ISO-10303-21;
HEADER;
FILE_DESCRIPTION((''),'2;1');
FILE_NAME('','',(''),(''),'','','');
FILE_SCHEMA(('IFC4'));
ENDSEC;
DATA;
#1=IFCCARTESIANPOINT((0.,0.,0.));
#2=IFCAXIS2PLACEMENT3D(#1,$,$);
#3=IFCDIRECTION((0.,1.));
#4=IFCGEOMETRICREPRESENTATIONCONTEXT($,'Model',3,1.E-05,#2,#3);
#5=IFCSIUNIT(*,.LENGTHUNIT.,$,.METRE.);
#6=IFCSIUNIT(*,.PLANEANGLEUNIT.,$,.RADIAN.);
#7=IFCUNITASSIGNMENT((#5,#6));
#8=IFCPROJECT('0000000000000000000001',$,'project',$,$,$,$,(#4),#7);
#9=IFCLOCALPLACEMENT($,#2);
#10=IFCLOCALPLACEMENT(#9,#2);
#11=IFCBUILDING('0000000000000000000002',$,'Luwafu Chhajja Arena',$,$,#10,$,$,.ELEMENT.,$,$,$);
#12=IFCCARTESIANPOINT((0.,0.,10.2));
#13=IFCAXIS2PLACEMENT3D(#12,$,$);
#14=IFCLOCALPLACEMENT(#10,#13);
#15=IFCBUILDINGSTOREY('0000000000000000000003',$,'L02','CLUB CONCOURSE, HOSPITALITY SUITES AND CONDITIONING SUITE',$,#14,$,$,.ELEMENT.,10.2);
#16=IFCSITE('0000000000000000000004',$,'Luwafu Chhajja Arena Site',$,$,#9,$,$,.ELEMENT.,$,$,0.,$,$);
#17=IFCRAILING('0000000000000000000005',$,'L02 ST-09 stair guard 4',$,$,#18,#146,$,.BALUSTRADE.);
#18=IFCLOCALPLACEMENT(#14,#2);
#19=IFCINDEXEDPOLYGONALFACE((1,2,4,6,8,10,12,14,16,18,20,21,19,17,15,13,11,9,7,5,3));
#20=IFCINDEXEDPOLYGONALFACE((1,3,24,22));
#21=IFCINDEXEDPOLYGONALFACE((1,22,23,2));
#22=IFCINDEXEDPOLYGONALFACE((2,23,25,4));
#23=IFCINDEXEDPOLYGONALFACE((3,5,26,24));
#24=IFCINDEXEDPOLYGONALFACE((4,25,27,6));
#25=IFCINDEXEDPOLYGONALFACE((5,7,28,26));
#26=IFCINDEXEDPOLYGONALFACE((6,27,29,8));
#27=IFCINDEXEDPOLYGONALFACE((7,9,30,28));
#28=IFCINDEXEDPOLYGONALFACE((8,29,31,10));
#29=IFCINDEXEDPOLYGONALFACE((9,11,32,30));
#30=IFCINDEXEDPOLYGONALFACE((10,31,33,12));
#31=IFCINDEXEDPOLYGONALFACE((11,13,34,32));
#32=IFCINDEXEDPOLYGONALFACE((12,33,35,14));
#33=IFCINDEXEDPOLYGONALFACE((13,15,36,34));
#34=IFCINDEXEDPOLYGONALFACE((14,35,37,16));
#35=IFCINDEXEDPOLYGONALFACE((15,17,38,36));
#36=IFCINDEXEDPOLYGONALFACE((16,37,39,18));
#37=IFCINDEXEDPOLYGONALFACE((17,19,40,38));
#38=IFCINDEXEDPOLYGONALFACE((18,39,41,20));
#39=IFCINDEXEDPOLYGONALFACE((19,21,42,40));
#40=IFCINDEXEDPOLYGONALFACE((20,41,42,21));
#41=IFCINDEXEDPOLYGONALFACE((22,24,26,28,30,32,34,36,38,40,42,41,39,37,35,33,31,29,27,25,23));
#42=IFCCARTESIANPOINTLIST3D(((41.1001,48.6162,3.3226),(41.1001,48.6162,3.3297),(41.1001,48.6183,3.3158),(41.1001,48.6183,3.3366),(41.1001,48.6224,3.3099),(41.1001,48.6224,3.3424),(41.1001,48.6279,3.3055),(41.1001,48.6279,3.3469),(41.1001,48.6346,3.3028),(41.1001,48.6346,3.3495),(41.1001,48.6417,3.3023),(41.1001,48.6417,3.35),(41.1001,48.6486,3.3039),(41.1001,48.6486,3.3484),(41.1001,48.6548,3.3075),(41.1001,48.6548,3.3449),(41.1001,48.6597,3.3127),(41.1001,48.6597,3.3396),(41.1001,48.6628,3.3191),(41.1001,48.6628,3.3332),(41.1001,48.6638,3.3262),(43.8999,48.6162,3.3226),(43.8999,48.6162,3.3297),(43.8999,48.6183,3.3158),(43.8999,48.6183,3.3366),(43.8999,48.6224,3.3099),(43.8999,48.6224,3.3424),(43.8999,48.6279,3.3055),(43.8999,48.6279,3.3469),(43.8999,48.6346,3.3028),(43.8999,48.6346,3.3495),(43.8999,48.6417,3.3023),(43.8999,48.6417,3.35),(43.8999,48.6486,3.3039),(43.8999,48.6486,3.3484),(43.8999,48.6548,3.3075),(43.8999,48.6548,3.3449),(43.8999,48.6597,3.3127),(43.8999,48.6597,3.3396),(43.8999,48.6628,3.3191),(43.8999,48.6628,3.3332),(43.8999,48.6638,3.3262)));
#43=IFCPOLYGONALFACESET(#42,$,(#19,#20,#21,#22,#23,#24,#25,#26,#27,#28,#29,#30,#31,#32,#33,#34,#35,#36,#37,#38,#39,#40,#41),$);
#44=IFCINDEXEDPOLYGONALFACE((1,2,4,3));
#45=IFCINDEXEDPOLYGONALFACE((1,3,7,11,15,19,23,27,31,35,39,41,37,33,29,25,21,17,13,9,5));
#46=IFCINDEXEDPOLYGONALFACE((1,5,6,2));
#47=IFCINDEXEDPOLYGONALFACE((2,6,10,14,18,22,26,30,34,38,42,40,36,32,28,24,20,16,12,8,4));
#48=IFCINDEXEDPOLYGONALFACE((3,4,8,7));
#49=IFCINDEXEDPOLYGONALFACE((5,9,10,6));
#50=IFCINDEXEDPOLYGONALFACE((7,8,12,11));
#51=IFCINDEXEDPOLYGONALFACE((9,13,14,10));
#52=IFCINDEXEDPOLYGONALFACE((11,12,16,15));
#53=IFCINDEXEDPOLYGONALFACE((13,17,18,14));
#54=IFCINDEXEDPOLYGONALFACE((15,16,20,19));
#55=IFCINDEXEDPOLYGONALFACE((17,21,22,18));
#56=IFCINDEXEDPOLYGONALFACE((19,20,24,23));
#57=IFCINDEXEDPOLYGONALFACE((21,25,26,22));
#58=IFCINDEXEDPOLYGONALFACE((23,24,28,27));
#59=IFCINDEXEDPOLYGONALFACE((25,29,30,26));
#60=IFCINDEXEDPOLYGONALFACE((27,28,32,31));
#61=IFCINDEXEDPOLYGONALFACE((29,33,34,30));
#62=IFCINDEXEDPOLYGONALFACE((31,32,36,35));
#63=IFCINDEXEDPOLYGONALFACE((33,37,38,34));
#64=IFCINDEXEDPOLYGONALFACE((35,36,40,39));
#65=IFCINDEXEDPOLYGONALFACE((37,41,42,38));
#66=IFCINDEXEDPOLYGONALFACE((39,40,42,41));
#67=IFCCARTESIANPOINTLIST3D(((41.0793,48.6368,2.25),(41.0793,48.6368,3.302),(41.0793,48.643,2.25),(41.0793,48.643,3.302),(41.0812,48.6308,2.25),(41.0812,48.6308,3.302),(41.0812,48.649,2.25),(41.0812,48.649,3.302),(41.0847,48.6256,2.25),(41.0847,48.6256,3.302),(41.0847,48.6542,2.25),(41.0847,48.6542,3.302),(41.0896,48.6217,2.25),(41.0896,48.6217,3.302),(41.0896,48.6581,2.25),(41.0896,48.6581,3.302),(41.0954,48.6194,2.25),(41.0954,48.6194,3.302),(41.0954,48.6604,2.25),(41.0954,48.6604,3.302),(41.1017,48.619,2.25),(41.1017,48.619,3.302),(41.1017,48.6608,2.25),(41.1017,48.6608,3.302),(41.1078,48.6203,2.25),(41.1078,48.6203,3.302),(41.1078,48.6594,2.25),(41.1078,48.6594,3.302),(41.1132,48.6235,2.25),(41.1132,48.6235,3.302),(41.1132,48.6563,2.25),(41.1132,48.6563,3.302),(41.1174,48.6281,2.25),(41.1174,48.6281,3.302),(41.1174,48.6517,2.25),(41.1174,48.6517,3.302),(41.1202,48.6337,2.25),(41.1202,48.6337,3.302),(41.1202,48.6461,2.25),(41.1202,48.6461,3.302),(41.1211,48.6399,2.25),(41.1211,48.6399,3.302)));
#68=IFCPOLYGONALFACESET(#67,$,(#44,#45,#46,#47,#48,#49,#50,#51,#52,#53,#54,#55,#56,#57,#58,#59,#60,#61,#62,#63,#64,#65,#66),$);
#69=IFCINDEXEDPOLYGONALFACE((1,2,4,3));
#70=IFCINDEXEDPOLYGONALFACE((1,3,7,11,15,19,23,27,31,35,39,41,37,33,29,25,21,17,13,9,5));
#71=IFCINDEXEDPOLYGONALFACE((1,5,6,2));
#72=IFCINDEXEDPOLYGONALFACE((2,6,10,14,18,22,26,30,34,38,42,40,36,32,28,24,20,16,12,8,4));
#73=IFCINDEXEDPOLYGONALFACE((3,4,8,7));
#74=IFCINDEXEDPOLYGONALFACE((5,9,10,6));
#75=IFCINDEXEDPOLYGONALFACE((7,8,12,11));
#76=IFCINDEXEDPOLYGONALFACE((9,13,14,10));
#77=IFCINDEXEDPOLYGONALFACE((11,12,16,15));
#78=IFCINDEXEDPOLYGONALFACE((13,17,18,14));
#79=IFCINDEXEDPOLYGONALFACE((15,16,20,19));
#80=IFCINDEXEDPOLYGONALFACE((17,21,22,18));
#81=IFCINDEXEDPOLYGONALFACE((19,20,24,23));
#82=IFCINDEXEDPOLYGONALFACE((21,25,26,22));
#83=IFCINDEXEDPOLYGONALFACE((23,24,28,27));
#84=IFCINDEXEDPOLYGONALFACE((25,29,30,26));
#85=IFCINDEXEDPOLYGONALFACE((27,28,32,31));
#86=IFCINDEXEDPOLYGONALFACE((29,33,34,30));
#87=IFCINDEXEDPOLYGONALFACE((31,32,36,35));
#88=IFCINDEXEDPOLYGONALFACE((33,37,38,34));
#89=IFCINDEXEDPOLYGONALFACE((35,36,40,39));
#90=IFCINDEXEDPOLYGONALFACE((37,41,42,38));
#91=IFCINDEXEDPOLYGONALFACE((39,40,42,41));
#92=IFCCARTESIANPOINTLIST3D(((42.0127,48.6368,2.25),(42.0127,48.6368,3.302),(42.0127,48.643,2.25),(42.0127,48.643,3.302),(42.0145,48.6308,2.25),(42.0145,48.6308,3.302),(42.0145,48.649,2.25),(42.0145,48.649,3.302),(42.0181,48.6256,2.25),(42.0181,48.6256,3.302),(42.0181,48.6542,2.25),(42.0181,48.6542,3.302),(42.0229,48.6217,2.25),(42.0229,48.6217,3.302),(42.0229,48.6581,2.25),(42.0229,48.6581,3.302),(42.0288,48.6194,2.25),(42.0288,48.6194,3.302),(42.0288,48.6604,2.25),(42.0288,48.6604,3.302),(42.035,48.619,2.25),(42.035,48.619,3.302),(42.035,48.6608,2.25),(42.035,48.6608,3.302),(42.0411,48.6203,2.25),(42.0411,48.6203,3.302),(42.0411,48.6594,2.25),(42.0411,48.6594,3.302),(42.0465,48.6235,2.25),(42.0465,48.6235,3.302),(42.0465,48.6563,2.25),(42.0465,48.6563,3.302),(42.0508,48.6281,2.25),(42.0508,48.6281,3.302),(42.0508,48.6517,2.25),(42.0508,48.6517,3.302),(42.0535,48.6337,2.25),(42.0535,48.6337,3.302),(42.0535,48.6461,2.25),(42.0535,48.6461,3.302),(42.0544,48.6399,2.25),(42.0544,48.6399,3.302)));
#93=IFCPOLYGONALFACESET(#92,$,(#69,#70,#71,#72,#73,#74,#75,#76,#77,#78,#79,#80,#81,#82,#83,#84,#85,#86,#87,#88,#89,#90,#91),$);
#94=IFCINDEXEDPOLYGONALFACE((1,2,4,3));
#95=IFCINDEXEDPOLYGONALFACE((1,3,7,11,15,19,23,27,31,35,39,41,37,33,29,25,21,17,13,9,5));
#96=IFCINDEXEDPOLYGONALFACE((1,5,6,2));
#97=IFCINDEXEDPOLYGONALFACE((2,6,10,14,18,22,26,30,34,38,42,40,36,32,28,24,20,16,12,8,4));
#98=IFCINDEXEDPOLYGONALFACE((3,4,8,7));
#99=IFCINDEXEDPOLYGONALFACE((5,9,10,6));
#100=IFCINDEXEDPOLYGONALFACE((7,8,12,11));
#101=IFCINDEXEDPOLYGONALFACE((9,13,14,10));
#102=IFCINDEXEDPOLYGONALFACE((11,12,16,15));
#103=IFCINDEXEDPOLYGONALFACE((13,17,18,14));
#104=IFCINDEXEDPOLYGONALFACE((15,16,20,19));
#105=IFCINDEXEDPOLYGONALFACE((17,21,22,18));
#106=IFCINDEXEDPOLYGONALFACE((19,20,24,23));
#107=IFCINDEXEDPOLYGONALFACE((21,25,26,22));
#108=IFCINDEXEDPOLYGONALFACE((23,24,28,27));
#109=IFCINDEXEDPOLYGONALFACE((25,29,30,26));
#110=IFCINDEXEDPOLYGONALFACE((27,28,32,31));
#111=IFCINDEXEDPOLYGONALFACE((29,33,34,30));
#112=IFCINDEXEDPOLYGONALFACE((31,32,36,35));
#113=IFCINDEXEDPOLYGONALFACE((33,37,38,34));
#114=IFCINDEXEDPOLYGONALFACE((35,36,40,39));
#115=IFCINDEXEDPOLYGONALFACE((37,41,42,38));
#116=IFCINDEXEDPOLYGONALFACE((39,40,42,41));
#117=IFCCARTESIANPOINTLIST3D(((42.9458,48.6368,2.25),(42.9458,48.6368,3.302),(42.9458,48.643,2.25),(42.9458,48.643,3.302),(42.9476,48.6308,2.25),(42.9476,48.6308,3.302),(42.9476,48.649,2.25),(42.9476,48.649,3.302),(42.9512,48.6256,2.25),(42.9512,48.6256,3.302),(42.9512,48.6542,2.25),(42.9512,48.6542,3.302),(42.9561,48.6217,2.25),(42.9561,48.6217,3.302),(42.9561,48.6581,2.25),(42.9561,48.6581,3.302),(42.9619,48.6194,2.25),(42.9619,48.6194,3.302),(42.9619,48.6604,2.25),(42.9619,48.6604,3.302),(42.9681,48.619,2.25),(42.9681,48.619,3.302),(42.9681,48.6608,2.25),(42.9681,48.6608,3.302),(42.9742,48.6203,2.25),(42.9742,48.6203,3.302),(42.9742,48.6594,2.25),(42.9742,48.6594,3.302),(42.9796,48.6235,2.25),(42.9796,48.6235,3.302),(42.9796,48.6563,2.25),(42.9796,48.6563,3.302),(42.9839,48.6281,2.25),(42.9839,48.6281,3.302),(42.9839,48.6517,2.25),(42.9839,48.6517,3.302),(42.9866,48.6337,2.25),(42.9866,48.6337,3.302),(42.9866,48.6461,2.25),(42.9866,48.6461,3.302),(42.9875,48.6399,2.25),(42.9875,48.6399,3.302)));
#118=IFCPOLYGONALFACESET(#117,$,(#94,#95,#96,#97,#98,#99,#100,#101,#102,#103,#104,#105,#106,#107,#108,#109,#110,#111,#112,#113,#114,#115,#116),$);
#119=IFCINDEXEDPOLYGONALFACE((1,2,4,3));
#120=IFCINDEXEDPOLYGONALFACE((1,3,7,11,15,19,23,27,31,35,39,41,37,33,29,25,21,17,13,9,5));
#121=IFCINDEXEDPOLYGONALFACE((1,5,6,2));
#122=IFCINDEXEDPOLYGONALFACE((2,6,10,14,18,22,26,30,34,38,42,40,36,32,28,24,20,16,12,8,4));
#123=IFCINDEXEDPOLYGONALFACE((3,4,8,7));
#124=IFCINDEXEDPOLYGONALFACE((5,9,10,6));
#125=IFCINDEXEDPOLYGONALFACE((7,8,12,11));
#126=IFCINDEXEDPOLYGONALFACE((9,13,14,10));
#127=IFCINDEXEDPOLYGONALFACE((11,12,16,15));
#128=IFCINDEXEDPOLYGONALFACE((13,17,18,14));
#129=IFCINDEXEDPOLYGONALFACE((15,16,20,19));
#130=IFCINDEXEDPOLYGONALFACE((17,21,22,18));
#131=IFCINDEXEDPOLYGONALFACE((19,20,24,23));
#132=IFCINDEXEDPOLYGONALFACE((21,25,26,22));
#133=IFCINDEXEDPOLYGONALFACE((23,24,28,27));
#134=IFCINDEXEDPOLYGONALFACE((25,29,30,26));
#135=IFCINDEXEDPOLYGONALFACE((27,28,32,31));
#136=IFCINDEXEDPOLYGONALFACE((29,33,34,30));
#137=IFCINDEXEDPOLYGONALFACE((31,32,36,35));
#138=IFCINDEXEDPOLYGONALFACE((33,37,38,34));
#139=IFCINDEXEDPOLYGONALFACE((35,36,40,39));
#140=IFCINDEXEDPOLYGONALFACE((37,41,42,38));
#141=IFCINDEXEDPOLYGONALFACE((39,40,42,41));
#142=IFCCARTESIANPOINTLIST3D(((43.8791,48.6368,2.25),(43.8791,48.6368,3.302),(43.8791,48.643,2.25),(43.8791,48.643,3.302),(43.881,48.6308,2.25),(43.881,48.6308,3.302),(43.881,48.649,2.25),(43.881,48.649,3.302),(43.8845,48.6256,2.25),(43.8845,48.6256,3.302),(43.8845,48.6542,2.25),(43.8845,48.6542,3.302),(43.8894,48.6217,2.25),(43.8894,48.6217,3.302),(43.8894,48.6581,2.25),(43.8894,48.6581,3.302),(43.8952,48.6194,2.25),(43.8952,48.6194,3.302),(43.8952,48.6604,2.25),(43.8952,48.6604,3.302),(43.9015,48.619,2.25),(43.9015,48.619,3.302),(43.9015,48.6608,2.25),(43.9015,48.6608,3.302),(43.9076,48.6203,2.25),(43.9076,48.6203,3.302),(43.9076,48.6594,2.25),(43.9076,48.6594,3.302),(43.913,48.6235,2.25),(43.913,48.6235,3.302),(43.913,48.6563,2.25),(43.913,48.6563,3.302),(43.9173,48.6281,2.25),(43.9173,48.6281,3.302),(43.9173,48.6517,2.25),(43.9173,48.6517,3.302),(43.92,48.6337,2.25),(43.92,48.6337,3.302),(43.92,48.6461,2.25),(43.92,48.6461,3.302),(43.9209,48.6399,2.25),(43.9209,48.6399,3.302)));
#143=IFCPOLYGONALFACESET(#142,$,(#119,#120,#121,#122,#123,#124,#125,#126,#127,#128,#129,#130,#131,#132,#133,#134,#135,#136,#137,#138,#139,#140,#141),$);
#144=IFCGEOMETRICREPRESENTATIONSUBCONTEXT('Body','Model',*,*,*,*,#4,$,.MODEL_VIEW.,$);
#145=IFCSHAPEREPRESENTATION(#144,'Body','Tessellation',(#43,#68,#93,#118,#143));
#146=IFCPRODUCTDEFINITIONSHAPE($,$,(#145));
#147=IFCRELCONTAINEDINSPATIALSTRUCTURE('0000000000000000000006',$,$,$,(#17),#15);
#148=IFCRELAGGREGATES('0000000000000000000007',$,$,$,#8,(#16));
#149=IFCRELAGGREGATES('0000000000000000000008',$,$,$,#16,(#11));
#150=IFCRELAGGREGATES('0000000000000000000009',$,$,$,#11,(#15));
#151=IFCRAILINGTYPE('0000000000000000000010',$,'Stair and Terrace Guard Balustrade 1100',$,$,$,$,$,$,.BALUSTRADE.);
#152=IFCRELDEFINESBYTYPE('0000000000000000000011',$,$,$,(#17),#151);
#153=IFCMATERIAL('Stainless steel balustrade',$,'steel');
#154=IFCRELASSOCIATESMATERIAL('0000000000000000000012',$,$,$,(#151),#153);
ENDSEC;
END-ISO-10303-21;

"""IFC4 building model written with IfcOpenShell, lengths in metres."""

from ifc_helpers import new_model, si_unit, direction, frame, origin, origin_2d, place, context, subcontext, project, spatial, circle, extrude, material, type_object, element, save


model = new_model("IFC4")

# Units and contexts
model_context = context("Model", 3, precision=1e-05, world=origin(), true_north=direction((0.0, 1.0)))
body_context = subcontext(model_context, "Body", "Model", "MODEL_VIEW")
ifc_project = project(units=[si_unit("LENGTHUNIT", "METRE"), si_unit("PLANEANGLEUNIT", "RADIAN")], contexts=[model_context])

# Site, building, storey
site_placement = place(None, origin())
site = spatial("IfcSite", under=ifc_project, at=site_placement, Name="Luwafu Chhajja Arena Site", CompositionType="ELEMENT", RefElevation=0.0)
building_placement = place(site_placement, origin())
building = spatial("IfcBuilding", under=site, at=building_placement, Name="Luwafu Chhajja Arena", CompositionType="ELEMENT")
storey_placement = place(building_placement, frame((0.0, 0.0, 10.2)))
storey = spatial("IfcBuildingStorey", under=building, at=storey_placement, Name="L02", Description="CLUB CONCOURSE, HOSPITALITY SUITES AND CONDITIONING SUITE", CompositionType="ELEMENT", Elevation=10.2)

# Railing
ifc_material_1 = material(Name="Stainless steel balustrade", Category="steel")
railing_type_1 = type_object("IfcRailingType", Name="Stair and Terrace Guard Balustrade 1100", PredefinedType="BALUSTRADE", material=ifc_material_1)
for number, where, name in (
    (1, (41.1001, 48.6399, 2.25), "L02 ST-09 stair guard 4"),
):
    element("IfcRailing", number, at=place(storey_placement, frame(where)), inside=storey, type_object=railing_type_1, Name=name, PredefinedType="BALUSTRADE", context=body_context, shape_type="SweptSolid", body=[
        extrude(circle(Radius=0.0239, at=origin_2d()), frame((0.0, 0.0, 1.0762), z_axis=(1.0, 0.0, 0.0), x_axis=(0.0, 1.0, 0.0)), (0.0, 0.0, 1.0), 2.7998),
        extrude(circle(Radius=0.021, at=origin_2d()), origin(), (0.0, 0.0, 1.0), 1.052),
        extrude(circle(Radius=0.021, at=origin_2d()), frame((0.9333, 0.0, 0.0)), (0.0, 0.0, 1.0), 1.052),
        extrude(circle(Radius=0.021, at=origin_2d()), frame((1.8665, 0.0, 0.0)), (0.0, 0.0, 1.0), 1.052),
        extrude(circle(Radius=0.021, at=origin_2d()), frame((2.7998, 0.0, 0.0)), (0.0, 0.0, 1.0), 1.052),
    ])

save(model, "model.ifc")
